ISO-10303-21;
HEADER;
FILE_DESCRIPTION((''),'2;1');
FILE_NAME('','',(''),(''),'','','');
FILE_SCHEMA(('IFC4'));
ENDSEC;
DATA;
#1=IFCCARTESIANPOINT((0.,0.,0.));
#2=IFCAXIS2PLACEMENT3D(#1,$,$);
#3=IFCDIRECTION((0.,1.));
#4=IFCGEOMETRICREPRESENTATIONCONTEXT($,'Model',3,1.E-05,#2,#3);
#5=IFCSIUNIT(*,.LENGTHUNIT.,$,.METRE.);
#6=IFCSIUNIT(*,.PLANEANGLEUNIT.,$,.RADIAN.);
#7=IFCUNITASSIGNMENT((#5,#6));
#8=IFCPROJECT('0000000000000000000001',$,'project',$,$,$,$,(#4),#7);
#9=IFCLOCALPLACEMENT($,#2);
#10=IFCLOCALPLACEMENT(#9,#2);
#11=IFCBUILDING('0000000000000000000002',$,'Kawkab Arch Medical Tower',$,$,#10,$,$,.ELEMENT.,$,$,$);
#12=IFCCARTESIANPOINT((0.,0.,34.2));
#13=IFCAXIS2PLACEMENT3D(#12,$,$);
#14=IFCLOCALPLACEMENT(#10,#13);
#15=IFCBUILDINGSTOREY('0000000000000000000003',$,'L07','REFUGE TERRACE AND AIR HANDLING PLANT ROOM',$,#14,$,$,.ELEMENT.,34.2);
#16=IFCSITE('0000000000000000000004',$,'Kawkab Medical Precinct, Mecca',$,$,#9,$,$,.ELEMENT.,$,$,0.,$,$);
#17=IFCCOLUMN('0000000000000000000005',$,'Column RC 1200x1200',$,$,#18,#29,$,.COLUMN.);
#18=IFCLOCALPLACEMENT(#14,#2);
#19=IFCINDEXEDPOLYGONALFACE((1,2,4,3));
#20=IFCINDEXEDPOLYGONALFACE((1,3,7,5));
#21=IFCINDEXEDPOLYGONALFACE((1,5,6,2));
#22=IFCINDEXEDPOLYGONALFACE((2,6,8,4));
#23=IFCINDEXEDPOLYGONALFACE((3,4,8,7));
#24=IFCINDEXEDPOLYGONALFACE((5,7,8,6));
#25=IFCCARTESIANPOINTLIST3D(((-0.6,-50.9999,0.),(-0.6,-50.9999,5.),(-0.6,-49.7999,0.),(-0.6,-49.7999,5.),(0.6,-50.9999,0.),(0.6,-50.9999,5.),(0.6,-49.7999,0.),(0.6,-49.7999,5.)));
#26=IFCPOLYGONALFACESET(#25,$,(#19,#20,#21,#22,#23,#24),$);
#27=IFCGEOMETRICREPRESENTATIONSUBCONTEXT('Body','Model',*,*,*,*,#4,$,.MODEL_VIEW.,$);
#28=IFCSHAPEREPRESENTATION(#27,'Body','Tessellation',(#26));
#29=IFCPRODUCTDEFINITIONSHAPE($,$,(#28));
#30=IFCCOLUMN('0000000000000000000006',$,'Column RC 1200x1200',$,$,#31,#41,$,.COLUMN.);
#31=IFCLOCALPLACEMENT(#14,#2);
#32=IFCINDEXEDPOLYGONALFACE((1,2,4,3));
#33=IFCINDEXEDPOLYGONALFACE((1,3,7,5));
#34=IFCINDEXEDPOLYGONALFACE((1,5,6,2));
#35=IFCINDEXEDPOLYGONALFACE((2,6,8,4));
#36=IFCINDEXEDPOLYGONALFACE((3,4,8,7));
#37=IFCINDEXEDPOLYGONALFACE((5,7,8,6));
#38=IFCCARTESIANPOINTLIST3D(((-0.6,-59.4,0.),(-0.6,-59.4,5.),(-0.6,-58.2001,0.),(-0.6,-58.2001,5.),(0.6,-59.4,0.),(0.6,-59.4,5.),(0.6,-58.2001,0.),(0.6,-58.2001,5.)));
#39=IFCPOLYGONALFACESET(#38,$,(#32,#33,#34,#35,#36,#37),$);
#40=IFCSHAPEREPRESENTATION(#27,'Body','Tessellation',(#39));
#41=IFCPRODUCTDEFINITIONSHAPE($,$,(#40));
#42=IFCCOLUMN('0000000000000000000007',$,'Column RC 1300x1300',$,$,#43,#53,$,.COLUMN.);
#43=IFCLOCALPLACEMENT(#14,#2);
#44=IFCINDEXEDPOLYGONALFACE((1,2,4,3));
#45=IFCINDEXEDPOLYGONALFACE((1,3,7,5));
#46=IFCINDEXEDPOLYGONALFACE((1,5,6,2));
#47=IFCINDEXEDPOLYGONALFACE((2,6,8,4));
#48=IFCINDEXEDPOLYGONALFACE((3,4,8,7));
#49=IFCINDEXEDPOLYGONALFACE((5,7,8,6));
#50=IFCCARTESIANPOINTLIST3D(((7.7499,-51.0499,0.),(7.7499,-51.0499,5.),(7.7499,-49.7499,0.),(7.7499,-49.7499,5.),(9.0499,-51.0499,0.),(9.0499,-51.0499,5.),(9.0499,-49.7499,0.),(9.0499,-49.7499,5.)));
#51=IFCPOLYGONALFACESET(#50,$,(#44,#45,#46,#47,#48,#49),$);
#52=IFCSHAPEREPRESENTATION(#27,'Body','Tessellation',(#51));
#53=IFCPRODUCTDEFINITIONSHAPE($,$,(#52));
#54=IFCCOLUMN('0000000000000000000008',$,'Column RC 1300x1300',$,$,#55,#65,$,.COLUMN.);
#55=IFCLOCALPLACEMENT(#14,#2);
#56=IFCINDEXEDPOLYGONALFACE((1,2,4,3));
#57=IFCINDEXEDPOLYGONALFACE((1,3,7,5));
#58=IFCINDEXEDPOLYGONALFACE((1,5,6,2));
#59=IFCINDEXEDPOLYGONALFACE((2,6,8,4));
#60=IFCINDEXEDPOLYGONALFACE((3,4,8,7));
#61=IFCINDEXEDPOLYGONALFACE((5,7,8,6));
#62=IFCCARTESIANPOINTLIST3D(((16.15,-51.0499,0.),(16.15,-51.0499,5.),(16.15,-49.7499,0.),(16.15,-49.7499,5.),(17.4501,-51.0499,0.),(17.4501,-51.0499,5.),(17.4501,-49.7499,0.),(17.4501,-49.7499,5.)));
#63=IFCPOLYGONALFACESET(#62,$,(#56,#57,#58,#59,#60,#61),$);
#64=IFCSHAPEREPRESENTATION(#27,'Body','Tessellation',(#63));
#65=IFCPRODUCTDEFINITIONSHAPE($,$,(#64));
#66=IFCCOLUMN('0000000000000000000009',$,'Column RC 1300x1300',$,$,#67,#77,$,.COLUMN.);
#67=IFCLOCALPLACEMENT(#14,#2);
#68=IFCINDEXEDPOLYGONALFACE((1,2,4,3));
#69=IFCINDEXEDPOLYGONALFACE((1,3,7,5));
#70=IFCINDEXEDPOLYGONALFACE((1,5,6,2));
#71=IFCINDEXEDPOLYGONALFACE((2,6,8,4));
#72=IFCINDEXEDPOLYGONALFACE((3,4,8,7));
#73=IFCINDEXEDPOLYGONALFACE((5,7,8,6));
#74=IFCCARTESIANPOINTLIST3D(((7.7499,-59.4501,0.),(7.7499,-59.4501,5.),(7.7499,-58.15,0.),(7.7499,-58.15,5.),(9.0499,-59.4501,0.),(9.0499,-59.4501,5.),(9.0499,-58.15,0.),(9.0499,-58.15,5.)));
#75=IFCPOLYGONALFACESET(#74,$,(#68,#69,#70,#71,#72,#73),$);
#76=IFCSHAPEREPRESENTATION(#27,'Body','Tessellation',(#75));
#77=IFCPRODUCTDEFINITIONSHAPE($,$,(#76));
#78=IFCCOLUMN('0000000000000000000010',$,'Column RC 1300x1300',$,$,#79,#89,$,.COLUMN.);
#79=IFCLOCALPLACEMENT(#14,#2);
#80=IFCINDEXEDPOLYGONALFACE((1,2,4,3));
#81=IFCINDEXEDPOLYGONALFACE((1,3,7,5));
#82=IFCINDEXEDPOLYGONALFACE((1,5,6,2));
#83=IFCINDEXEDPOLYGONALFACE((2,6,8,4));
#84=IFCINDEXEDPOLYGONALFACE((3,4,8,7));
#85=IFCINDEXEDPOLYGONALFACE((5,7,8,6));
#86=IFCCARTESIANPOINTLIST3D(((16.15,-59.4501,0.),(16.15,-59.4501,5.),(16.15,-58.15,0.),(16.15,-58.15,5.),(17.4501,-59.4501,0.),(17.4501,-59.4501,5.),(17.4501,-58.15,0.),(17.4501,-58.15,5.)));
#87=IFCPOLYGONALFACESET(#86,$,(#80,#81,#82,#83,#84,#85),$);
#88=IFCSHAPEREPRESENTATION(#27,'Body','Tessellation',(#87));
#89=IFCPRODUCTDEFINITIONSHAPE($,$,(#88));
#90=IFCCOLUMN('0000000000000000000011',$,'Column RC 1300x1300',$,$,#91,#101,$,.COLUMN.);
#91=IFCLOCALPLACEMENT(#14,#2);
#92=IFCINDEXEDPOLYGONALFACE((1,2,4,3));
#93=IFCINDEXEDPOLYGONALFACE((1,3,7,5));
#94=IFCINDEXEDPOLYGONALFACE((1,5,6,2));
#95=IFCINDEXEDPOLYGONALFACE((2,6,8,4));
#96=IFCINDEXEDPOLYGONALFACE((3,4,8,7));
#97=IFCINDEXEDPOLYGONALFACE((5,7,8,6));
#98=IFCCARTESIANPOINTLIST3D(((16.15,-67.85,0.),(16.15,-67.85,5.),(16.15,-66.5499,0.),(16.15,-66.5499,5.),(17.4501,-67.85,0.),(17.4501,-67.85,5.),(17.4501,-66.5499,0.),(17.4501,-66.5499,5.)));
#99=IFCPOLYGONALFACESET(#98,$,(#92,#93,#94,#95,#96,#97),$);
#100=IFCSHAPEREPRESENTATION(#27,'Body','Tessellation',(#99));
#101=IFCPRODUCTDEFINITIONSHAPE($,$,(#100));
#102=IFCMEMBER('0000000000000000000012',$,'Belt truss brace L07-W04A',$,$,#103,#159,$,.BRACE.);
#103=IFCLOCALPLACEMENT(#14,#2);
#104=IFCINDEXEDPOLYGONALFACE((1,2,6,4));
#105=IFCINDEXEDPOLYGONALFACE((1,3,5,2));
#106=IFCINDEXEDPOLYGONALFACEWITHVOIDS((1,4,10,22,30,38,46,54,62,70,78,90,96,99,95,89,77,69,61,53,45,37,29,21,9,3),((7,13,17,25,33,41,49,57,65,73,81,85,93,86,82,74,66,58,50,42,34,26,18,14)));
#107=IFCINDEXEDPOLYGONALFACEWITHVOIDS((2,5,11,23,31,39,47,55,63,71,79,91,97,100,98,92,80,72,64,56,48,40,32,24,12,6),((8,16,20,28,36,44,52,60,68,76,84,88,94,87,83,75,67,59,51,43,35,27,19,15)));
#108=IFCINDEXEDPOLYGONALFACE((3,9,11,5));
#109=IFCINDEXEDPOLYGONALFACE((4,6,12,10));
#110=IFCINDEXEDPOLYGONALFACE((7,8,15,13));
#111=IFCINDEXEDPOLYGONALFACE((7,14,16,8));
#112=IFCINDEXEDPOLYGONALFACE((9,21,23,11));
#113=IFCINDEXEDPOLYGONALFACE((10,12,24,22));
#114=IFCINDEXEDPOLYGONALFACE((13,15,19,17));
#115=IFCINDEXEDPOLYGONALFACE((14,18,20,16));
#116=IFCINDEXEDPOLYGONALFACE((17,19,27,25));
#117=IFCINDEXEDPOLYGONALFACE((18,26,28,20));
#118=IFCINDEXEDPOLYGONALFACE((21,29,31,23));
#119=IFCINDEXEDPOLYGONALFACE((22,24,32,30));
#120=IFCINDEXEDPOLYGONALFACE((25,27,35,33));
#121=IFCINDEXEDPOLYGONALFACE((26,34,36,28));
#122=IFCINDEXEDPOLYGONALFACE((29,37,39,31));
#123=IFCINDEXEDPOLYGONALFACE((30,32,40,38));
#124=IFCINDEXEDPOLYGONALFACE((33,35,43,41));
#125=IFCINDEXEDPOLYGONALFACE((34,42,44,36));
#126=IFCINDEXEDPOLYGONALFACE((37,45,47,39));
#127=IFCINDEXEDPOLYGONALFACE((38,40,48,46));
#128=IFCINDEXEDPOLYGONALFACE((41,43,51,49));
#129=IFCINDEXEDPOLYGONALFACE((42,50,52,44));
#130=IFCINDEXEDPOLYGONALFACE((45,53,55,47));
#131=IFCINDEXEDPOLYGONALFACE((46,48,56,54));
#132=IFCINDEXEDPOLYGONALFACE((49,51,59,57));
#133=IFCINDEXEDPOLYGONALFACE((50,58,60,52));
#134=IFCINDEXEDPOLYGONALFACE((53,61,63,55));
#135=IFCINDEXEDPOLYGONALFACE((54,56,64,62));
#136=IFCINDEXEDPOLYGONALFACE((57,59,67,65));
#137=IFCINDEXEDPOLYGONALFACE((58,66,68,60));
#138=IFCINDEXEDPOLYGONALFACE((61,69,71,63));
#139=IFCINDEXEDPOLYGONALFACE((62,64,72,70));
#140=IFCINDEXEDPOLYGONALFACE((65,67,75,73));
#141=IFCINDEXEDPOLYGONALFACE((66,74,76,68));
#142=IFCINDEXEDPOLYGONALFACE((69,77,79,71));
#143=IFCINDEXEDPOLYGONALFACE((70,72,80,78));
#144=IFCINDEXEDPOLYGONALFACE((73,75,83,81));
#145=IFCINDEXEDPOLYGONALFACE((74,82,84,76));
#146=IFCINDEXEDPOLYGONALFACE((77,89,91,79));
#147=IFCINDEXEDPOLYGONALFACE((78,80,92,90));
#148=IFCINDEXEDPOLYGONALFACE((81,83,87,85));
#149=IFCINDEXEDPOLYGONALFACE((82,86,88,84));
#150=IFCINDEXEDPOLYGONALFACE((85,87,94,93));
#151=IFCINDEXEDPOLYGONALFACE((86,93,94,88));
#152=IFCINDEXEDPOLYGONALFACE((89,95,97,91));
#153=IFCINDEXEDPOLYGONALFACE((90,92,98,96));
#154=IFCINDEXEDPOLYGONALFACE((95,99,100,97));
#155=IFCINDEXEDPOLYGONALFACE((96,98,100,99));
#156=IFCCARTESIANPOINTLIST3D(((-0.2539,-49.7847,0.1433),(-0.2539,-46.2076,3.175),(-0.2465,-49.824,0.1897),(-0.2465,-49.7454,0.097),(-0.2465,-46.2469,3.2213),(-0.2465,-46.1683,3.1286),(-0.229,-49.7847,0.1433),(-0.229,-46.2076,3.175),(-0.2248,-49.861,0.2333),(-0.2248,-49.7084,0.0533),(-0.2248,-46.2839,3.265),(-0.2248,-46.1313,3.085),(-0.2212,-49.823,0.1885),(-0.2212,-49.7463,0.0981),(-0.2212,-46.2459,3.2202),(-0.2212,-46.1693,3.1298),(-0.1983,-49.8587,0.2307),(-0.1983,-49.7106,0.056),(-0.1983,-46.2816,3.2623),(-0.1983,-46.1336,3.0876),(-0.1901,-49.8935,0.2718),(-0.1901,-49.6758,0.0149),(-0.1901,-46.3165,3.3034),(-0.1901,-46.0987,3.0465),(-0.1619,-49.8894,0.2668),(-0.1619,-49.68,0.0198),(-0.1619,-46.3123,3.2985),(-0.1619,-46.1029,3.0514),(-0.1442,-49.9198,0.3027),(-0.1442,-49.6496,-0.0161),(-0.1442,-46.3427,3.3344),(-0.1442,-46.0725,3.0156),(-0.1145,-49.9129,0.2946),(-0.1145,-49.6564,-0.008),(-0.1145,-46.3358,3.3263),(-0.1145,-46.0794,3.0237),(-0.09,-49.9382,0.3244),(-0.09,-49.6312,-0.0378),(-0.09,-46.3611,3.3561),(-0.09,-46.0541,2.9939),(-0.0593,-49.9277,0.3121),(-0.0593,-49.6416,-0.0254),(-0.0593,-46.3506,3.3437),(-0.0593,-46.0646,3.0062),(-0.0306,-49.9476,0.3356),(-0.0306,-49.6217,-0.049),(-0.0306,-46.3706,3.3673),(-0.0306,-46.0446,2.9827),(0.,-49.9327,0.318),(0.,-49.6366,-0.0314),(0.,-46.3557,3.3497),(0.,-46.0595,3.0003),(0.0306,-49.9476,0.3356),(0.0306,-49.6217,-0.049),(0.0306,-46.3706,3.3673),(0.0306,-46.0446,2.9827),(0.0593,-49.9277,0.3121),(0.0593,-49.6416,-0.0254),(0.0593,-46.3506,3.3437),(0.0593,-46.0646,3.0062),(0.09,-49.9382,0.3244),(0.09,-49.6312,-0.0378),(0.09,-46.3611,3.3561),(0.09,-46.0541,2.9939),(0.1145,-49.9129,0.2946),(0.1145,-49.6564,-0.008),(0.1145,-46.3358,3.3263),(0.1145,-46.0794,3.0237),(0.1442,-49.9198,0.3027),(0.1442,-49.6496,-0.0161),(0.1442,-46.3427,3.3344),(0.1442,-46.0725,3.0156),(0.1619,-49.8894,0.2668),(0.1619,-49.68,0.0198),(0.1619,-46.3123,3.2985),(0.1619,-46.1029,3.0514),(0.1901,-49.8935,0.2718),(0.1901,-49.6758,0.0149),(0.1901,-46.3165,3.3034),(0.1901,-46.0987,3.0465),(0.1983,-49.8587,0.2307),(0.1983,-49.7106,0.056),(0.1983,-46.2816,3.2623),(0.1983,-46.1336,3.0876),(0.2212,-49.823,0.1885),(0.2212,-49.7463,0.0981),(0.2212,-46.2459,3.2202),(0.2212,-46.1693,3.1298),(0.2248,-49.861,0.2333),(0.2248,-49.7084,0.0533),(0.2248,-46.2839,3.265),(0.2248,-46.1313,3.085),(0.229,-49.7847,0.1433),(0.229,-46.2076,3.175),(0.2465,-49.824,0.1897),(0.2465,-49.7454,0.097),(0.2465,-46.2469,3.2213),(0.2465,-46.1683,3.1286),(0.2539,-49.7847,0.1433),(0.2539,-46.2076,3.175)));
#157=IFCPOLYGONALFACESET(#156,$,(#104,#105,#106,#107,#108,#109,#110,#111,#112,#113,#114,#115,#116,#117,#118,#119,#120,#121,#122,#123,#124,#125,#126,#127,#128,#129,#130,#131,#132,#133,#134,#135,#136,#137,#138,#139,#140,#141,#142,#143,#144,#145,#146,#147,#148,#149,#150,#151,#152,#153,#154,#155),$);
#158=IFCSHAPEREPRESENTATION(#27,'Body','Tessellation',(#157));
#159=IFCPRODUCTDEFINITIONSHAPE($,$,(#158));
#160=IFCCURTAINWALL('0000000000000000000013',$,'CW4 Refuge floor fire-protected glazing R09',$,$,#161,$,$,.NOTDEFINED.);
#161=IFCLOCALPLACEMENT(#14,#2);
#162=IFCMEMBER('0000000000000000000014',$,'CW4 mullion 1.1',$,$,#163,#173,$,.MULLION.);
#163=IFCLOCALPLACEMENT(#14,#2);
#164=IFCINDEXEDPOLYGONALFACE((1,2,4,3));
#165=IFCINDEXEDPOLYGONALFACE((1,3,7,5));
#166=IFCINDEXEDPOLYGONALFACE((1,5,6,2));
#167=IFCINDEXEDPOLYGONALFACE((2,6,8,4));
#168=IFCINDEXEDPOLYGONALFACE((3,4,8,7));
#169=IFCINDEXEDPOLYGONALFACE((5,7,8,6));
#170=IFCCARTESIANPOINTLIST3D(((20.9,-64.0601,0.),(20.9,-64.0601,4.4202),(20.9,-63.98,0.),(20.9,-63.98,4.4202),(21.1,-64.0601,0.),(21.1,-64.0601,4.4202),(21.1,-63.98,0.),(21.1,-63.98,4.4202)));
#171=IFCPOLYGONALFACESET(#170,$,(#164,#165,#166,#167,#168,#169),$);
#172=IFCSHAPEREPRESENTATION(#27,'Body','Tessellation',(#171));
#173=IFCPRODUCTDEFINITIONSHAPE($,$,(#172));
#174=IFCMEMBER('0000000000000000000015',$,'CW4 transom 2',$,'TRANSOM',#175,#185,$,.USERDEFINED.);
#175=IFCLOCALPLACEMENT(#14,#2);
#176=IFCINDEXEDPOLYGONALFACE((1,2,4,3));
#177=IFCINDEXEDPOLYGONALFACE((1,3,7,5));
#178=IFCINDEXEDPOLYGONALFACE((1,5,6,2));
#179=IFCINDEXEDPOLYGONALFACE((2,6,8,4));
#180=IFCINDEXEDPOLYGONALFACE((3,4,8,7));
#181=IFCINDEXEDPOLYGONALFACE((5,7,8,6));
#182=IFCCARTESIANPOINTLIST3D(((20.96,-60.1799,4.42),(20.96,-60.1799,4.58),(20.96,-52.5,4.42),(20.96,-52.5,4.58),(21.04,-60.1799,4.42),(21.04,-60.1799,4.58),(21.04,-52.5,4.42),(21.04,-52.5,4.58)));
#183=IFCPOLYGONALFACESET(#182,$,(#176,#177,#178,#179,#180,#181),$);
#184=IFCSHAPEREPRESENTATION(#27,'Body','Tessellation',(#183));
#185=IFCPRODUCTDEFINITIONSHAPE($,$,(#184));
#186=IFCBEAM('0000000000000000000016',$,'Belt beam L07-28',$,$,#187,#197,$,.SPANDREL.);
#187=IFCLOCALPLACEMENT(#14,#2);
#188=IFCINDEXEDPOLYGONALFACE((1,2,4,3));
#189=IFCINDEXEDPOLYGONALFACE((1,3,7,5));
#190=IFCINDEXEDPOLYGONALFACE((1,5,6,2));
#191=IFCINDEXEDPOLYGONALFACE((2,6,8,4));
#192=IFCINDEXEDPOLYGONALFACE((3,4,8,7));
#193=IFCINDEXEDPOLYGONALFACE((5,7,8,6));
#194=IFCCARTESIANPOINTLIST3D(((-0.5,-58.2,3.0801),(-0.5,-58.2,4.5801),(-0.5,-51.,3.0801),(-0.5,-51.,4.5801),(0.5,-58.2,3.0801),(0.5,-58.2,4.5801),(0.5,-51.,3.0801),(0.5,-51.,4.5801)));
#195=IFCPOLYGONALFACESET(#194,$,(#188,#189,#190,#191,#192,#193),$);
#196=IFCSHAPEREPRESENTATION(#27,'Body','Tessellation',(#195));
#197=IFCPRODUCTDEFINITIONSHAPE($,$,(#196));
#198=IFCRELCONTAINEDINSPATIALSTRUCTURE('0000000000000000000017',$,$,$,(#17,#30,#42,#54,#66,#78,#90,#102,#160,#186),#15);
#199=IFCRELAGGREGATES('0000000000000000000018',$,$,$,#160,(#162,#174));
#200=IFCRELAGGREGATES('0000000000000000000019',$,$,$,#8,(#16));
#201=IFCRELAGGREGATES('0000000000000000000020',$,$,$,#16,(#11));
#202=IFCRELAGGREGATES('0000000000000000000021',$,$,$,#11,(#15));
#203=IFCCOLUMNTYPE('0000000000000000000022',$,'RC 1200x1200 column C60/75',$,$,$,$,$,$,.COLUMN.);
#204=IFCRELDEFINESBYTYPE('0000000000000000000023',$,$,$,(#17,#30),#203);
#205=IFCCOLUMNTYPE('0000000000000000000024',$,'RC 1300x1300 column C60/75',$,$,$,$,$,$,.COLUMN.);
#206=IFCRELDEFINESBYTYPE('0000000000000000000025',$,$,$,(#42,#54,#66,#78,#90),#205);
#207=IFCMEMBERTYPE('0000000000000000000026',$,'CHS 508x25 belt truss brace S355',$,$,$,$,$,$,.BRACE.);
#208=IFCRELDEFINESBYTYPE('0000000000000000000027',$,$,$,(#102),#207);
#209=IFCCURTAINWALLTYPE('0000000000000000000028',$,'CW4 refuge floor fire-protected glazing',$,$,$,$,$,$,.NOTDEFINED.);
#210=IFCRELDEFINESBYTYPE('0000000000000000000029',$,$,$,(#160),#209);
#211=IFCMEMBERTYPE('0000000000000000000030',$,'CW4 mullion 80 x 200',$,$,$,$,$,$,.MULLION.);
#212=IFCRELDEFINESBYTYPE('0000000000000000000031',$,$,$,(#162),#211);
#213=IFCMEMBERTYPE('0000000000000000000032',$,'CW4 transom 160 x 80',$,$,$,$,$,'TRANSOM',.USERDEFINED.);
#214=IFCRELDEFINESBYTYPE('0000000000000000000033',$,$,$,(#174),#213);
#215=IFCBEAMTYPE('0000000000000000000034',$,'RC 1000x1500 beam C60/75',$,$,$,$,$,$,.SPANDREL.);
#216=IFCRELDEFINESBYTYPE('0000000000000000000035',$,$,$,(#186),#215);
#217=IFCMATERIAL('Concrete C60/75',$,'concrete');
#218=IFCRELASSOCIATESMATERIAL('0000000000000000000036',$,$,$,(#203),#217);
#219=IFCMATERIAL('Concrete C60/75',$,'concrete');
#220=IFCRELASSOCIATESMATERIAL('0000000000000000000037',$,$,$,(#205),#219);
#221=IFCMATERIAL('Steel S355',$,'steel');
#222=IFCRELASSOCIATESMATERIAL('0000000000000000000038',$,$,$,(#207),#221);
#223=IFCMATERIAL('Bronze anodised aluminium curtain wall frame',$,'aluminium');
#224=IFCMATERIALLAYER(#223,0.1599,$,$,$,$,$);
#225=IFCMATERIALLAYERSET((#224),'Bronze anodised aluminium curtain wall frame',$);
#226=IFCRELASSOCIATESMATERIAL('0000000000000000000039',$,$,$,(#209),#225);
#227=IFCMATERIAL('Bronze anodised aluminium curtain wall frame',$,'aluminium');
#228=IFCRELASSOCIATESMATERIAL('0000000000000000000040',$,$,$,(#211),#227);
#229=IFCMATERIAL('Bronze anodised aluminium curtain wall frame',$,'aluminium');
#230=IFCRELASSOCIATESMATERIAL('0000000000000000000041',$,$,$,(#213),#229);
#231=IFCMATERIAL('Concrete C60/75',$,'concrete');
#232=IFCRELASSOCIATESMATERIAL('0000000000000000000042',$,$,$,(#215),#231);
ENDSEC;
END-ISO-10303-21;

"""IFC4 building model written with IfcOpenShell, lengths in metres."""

from ifc_helpers import new_model, si_unit, direction, frame, origin, origin_2d, place, context, subcontext, project, spatial, rectangle, hollow_circle, extrude, material, layer, layer_set, material_profile, profile_set, type_object, element, aggregate, save


model = new_model("IFC4")

# Units and contexts
model_context = context("Model", 3, precision=1e-05, world=origin(), true_north=direction((0.0, 1.0)))
body_context = subcontext(model_context, "Body", "Model", "MODEL_VIEW")
ifc_project = project(units=[si_unit("LENGTHUNIT", "METRE"), si_unit("PLANEANGLEUNIT", "RADIAN")], contexts=[model_context])

# Site, building, storey
site_placement = place(None, origin())
site = spatial("IfcSite", under=ifc_project, at=site_placement, Name="Kawkab Medical Precinct, Mecca", CompositionType="ELEMENT", RefElevation=0.0)
building_placement = place(site_placement, origin())
building = spatial("IfcBuilding", under=site, at=building_placement, Name="Kawkab Arch Medical Tower", CompositionType="ELEMENT")
storey_placement = place(building_placement, frame((0.0, 0.0, 34.2)))
storey = spatial("IfcBuildingStorey", under=building, at=storey_placement, Name="L07", Description="REFUGE TERRACE AND AIR HANDLING PLANT ROOM", CompositionType="ELEMENT", Elevation=34.2)

# Columns
ifc_material_1 = material(Name="Concrete C60/75", Category="concrete")
ifc_material_profile_1 = material_profile(ifc_material_1, rectangle(XDim=1.2, YDim=1.2, at=origin_2d()), Name="RC 1200x1200")
ifc_profile_set_1 = profile_set([ifc_material_profile_1], Name="Concrete C60/75")
column_type_1 = type_object("IfcColumnType", Name="RC 1200x1200 column C60/75", PredefinedType="COLUMN", material=ifc_profile_set_1)
for number, where, z_axis, x_axis, name in (
    (1, (0.0, -50.3999, 0.0), (0.0, 0.0, 1.0), (1.0, 0.0, 0.0), "Column RC 1200x1200"),
    (2, (0.0, -58.8, 0.0), (0.0, 0.0, 1.0), (1.0, 0.0, 0.0), "Column RC 1200x1200"),
):
    element("IfcColumn", number, at=place(storey_placement, frame(where, z_axis=z_axis, x_axis=x_axis)), inside=storey, type_object=column_type_1, Name=name, PredefinedType="COLUMN", context=body_context, shape_type="SweptSolid", body=[
        extrude(rectangle(XDim=1.2, YDim=1.2, at=origin_2d()), origin(), (0.0, 0.0, 1.0), 5.0),
    ])
ifc_material_2 = material(Name="Concrete C60/75", Category="concrete")
ifc_material_profile_2 = material_profile(ifc_material_2, rectangle(XDim=1.3, YDim=1.3, at=origin_2d()), Name="RC 1300x1300")
ifc_profile_set_2 = profile_set([ifc_material_profile_2], Name="Concrete C60/75")
column_type_2 = type_object("IfcColumnType", Name="RC 1300x1300 column C60/75", PredefinedType="COLUMN", material=ifc_profile_set_2)
for number, where, z_axis, x_axis, name in (
    (3, (8.3999, -50.3999, 0.0), (0.0, 0.0, 1.0), (1.0, 0.0, 0.0), "Column RC 1300x1300"),
    (4, (16.8, -50.3999, 0.0), (0.0, 0.0, 1.0), (1.0, 0.0, 0.0), "Column RC 1300x1300"),
    (5, (8.3999, -58.8, 0.0), (0.0, 0.0, 1.0), (1.0, 0.0, 0.0), "Column RC 1300x1300"),
    (6, (16.8, -58.8, 0.0), (0.0, 0.0, 1.0), (1.0, 0.0, 0.0), "Column RC 1300x1300"),
    (7, (16.8, -67.2, 0.0), (0.0, 0.0, 1.0), (1.0, 0.0, 0.0), "Column RC 1300x1300"),
):
    element("IfcColumn", number, at=place(storey_placement, frame(where, z_axis=z_axis, x_axis=x_axis)), inside=storey, type_object=column_type_2, Name=name, PredefinedType="COLUMN", context=body_context, shape_type="SweptSolid", body=[
        extrude(rectangle(XDim=1.3, YDim=1.3, at=origin_2d()), origin(), (0.0, 0.0, 1.0), 5.0),
    ])

# Member
ifc_material_3 = material(Name="Steel S355", Category="steel")
ifc_material_profile_3 = material_profile(ifc_material_3, hollow_circle(Radius=0.2539, WallThickness=0.0249, at=origin_2d()), Name="CHS 508x25")
ifc_profile_set_3 = profile_set([ifc_material_profile_3], Name="Steel S355")
member_type_1 = type_object("IfcMemberType", Name="CHS 508x25 belt truss brace S355", PredefinedType="BRACE", material=ifc_profile_set_3)
member_1_placement = place(storey_placement, frame((0.0, -49.7847, 0.1433), z_axis=(0.0, 0.762869, 0.646554), x_axis=(-1.0, 0.0, 0.0)))
element("IfcMember", 8, at=member_1_placement, inside=storey, type_object=member_type_1, Name="Belt truss brace L07-W04A", PredefinedType="BRACE", context=body_context, shape_type="SweptSolid", body=[
    extrude(hollow_circle(Radius=0.2539, WallThickness=0.0249, at=origin_2d()), origin(), (0.0, 0.0, 1.0), 4.689),
])

# Curtain wall, members
ifc_material_4 = material(Name="Bronze anodised aluminium curtain wall frame", Category="aluminium")
ifc_layer_1 = layer(ifc_material_4, 0.1599)
ifc_layer_set_1 = layer_set([ifc_layer_1], Name="Bronze anodised aluminium curtain wall frame")
curtain_wall_type = type_object("IfcCurtainWallType", Name="CW4 refuge floor fire-protected glazing", PredefinedType="NOTDEFINED", material=ifc_layer_set_1)
curtain_wall_placement = place(storey_placement, origin())
curtain_wall = element("IfcCurtainWall", 9, at=curtain_wall_placement, inside=storey, type_object=curtain_wall_type, Name="CW4 Refuge floor fire-protected glazing R09", PredefinedType="NOTDEFINED")
ifc_material_5 = material(Name="Bronze anodised aluminium curtain wall frame", Category="aluminium")
ifc_material_profile_4 = material_profile(ifc_material_5, rectangle(XDim=0.2, YDim=0.0801, at=origin_2d()), Name="AL 80x200")
ifc_profile_set_4 = profile_set([ifc_material_profile_4], Name="Bronze anodised aluminium curtain wall frame")
member_type_2 = type_object("IfcMemberType", Name="CW4 mullion 80 x 200", PredefinedType="MULLION", material=ifc_profile_set_4)
member_2_placement = place(storey_placement, frame((21.0, -64.02, 0.0), z_axis=(0.0, 0.0, 1.0), x_axis=(-1.0, 0.0, 0.0)))
member_2 = element("IfcMember", 10, at=member_2_placement, type_object=member_type_2, Name="CW4 mullion 1.1", PredefinedType="MULLION", context=body_context, shape_type="SweptSolid", body=[
    extrude(rectangle(XDim=0.2, YDim=0.0801, at=origin_2d()), origin(), (0.0, 0.0, 1.0), 4.4202),
])
ifc_material_6 = material(Name="Bronze anodised aluminium curtain wall frame", Category="aluminium")
ifc_material_profile_5 = material_profile(ifc_material_6, rectangle(XDim=0.0801, YDim=0.1599, at=origin_2d()), Name="AL 80x160")
ifc_profile_set_5 = profile_set([ifc_material_profile_5], Name="Bronze anodised aluminium curtain wall frame")
member_type_3 = type_object("IfcMemberType", Name="CW4 transom 160 x 80", ElementType="TRANSOM", PredefinedType="USERDEFINED", material=ifc_profile_set_5)
member_3_placement = place(storey_placement, frame((21.0, -60.1799, 4.5), z_axis=(0.0, 1.0, 0.0), x_axis=(-1.0, 0.0, 0.0)))
member_3 = element("IfcMember", 11, at=member_3_placement, type_object=member_type_3, Name="CW4 transom 2", ObjectType="TRANSOM", PredefinedType="USERDEFINED", context=body_context, shape_type="SweptSolid", body=[
    extrude(rectangle(XDim=0.0801, YDim=0.1599, at=origin_2d()), origin(), (0.0, 0.0, 1.0), 7.6799),
])

# Beam
ifc_material_7 = material(Name="Concrete C60/75", Category="concrete")
ifc_material_profile_6 = material_profile(ifc_material_7, rectangle(XDim=1.0, YDim=1.5, at=origin_2d()), Name="RC 1000x1500")
ifc_profile_set_6 = profile_set([ifc_material_profile_6], Name="Concrete C60/75")
beam_type = type_object("IfcBeamType", Name="RC 1000x1500 beam C60/75", PredefinedType="SPANDREL", material=ifc_profile_set_6)
for number, where, z_axis, x_axis, name in (
    (12, (0.0, -58.2, 3.8301), (0.0, 1.0, 0.0), (-1.0, 0.0, 0.0), "Belt beam L07-28"),
):
    element("IfcBeam", number, at=place(storey_placement, frame(where, z_axis=z_axis, x_axis=x_axis)), inside=storey, type_object=beam_type, Name=name, PredefinedType="SPANDREL", context=body_context, shape_type="SweptSolid", body=[
        extrude(rectangle(XDim=1.0, YDim=1.5, at=origin_2d()), origin(), (0.0, 0.0, 1.0), 7.2),
    ])

aggregate(curtain_wall, [member_2, member_3])

save(model, "model.ifc")
